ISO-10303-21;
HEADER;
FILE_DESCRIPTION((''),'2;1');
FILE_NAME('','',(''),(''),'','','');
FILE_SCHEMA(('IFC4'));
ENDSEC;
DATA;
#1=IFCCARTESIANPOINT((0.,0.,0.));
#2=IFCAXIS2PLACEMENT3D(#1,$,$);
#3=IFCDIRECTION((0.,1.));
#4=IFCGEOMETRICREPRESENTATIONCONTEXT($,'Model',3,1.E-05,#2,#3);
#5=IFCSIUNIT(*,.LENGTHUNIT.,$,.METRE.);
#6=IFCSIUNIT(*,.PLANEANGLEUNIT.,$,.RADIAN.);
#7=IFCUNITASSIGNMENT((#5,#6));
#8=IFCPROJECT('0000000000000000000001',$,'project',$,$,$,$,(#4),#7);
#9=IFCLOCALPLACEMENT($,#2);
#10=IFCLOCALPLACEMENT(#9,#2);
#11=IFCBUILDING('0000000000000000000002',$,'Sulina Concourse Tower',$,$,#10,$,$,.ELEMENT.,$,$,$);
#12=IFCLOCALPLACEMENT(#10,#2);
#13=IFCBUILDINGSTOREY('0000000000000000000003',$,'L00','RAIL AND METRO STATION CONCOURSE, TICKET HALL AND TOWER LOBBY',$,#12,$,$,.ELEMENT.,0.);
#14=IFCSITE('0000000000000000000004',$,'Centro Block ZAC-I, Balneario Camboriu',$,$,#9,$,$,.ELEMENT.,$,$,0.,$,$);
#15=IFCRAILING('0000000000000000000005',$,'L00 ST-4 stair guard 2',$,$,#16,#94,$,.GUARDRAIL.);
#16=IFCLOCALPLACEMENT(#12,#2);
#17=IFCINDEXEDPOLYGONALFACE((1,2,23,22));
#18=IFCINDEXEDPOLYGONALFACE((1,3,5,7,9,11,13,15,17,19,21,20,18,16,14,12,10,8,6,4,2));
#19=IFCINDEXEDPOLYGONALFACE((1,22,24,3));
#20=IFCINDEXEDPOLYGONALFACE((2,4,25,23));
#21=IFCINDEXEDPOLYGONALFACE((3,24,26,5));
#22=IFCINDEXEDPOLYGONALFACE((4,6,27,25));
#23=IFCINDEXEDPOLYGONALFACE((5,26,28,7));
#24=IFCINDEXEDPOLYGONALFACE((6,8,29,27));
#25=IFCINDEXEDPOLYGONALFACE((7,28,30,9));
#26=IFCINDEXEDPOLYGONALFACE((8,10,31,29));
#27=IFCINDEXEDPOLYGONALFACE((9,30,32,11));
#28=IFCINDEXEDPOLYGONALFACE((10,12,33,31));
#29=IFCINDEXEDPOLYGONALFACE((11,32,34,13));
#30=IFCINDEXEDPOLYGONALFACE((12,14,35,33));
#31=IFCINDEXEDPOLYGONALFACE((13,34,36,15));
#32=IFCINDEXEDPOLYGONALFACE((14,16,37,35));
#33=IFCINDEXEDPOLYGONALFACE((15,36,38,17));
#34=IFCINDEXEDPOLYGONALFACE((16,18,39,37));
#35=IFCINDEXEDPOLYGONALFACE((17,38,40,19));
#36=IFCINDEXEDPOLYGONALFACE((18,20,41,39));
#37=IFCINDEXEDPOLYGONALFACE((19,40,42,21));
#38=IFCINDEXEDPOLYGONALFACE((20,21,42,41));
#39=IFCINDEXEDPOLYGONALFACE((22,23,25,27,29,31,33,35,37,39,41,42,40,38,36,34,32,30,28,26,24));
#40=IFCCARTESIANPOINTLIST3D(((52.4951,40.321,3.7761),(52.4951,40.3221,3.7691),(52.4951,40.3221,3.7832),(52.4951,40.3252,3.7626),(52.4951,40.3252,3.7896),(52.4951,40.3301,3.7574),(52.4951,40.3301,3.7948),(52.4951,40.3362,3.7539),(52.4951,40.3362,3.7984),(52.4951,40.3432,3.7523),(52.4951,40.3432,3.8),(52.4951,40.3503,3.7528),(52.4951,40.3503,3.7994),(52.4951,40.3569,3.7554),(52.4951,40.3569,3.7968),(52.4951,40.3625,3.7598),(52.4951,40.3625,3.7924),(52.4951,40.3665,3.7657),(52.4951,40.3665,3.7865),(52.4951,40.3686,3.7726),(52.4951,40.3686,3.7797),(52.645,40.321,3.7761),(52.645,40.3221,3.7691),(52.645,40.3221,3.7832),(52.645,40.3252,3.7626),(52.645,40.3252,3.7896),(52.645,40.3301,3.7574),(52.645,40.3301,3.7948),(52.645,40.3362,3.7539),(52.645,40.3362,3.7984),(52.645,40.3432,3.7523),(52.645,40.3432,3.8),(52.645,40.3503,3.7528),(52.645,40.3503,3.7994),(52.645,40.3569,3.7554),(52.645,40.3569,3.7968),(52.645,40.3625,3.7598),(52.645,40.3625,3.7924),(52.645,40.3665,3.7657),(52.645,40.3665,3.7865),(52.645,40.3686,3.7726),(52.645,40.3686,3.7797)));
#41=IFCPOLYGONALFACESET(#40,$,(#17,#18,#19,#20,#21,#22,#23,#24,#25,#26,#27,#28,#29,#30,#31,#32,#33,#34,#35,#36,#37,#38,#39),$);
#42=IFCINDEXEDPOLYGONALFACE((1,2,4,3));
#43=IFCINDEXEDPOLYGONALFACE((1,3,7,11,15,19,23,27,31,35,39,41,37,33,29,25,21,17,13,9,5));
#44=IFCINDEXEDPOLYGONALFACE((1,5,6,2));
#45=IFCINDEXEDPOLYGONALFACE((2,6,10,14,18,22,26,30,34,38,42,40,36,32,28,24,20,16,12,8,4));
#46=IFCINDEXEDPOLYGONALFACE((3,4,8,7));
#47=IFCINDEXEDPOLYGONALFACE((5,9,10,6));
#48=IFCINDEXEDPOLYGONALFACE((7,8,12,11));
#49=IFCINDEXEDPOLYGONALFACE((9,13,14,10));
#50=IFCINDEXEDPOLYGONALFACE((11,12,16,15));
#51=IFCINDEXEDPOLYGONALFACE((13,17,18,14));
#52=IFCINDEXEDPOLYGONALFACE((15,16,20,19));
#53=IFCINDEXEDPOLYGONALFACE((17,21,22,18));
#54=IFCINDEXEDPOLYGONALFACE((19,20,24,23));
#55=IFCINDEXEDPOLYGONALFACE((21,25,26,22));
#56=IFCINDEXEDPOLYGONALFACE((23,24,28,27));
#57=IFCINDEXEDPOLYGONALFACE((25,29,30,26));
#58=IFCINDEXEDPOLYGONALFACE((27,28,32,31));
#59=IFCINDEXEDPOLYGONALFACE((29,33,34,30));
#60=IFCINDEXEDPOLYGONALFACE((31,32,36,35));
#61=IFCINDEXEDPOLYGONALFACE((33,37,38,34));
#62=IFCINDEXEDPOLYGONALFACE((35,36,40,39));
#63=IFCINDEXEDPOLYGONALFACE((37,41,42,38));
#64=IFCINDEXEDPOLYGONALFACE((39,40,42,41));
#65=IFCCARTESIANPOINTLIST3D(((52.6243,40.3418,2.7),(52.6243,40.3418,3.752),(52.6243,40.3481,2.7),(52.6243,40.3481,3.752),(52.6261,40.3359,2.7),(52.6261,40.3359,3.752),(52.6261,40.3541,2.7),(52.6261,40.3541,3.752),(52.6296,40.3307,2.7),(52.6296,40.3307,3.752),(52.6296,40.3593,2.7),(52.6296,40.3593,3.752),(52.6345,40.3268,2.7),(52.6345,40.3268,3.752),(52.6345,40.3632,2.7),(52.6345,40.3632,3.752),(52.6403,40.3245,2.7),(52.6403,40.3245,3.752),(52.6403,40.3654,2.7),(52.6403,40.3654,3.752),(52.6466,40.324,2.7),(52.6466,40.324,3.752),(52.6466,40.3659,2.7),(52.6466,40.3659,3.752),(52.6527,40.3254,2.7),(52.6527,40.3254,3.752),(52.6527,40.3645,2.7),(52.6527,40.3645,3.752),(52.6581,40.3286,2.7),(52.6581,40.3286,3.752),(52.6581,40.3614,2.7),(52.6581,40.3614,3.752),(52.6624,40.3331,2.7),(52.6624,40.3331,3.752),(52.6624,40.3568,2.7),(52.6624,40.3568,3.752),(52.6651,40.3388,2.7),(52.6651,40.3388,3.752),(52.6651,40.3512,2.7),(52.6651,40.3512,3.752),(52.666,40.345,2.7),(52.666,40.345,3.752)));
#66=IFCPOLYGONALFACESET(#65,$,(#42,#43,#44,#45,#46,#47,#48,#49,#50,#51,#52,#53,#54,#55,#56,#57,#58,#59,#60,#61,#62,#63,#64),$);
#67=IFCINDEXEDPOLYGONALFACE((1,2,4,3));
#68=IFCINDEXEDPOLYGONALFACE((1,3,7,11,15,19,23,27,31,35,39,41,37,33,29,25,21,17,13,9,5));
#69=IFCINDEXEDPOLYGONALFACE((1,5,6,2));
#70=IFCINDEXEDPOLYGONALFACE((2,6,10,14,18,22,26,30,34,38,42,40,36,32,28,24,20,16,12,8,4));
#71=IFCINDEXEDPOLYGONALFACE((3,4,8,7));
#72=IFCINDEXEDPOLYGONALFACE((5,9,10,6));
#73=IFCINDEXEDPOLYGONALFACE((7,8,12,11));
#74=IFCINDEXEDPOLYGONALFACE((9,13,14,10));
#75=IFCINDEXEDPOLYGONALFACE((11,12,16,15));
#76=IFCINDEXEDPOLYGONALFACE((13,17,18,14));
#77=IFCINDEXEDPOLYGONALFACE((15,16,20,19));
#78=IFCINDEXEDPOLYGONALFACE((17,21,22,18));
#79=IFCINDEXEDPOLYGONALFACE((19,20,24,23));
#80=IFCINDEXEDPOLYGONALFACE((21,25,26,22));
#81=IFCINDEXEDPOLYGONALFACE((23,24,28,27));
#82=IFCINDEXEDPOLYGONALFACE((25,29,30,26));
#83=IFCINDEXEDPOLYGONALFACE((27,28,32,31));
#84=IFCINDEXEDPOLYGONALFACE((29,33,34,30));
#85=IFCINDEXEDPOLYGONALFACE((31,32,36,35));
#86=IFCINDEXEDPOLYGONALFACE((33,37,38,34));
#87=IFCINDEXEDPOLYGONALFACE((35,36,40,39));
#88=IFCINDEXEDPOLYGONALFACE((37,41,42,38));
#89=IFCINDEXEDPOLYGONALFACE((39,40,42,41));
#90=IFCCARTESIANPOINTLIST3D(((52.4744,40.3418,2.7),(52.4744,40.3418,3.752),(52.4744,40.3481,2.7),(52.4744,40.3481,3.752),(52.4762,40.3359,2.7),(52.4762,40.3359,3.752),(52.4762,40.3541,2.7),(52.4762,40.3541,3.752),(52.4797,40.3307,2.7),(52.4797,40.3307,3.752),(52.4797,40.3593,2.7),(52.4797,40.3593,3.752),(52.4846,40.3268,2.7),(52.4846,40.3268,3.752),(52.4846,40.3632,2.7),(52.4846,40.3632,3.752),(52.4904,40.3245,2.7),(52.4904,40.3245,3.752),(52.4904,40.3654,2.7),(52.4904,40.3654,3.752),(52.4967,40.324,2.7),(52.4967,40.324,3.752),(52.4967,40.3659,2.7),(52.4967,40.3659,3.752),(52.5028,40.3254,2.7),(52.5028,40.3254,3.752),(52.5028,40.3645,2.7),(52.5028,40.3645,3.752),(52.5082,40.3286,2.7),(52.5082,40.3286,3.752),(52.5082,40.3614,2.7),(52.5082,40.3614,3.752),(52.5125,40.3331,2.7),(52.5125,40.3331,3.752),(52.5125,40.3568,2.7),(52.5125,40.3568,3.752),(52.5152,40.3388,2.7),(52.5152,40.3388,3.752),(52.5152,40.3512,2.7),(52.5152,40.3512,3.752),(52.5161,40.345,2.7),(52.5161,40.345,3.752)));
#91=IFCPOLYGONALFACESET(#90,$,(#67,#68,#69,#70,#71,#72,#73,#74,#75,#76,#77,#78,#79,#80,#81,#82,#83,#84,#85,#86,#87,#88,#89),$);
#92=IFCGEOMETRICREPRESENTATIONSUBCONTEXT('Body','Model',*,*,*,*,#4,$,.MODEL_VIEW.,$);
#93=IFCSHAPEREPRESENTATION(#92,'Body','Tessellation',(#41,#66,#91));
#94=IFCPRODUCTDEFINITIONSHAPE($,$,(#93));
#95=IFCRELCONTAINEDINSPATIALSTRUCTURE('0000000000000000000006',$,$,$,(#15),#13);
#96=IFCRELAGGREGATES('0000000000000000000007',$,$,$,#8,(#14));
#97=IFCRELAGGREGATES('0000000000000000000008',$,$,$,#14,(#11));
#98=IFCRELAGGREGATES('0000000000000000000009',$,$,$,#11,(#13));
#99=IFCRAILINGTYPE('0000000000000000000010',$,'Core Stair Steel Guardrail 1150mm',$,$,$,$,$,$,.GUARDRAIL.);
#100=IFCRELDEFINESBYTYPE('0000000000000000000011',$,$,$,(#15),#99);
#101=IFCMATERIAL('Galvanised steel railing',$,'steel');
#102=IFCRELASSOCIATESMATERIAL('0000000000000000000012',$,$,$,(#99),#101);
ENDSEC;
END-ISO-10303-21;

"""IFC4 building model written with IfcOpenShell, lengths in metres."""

from ifc_helpers import new_model, si_unit, direction, frame, origin, origin_2d, place, context, subcontext, project, spatial, circle, extrude, material, type_object, element, save


model = new_model("IFC4")

# Units and contexts
model_context = context("Model", 3, precision=1e-05, world=origin(), true_north=direction((0.0, 1.0)))
body_context = subcontext(model_context, "Body", "Model", "MODEL_VIEW")
ifc_project = project(units=[si_unit("LENGTHUNIT", "METRE"), si_unit("PLANEANGLEUNIT", "RADIAN")], contexts=[model_context])

# Site, building, storey
site_placement = place(None, origin())
site = spatial("IfcSite", under=ifc_project, at=site_placement, Name="Centro Block ZAC-I, Balneario Camboriu", CompositionType="ELEMENT", RefElevation=0.0)
building_placement = place(site_placement, origin())
building = spatial("IfcBuilding", under=site, at=building_placement, Name="Sulina Concourse Tower", CompositionType="ELEMENT")
storey_placement = place(building_placement, origin())
storey = spatial("IfcBuildingStorey", under=building, at=storey_placement, Name="L00", Description="RAIL AND METRO STATION CONCOURSE, TICKET HALL AND TOWER LOBBY", CompositionType="ELEMENT", Elevation=0.0)

# Railing
ifc_material_1 = material(Name="Galvanised steel railing", Category="steel")
railing_type_1 = type_object("IfcRailingType", Name="Core Stair Steel Guardrail 1150mm", PredefinedType="GUARDRAIL", material=ifc_material_1)
railing_1_placement = place(storey_placement, frame((52.645, 40.345, 2.7)))
element("IfcRailing", 1, at=railing_1_placement, inside=storey, type_object=railing_type_1, Name="L00 ST-4 stair guard 2", PredefinedType="GUARDRAIL", context=body_context, shape_type="SweptSolid", body=[
    extrude(circle(Radius=0.0239, at=origin_2d()), frame((0.0, 0.0, 1.0762), z_axis=(-1.0, 0.0, 0.0), x_axis=(0.0, -1.0, 0.0)), (0.0, 0.0, 1.0), 0.1499),
    extrude(circle(Radius=0.021, at=origin_2d()), origin(), (0.0, 0.0, 1.0), 1.052),
    extrude(circle(Radius=0.021, at=origin_2d()), frame((-0.1499, 0.0, 0.0)), (0.0, 0.0, 1.0), 1.052),
])

save(model, "model.ifc")
